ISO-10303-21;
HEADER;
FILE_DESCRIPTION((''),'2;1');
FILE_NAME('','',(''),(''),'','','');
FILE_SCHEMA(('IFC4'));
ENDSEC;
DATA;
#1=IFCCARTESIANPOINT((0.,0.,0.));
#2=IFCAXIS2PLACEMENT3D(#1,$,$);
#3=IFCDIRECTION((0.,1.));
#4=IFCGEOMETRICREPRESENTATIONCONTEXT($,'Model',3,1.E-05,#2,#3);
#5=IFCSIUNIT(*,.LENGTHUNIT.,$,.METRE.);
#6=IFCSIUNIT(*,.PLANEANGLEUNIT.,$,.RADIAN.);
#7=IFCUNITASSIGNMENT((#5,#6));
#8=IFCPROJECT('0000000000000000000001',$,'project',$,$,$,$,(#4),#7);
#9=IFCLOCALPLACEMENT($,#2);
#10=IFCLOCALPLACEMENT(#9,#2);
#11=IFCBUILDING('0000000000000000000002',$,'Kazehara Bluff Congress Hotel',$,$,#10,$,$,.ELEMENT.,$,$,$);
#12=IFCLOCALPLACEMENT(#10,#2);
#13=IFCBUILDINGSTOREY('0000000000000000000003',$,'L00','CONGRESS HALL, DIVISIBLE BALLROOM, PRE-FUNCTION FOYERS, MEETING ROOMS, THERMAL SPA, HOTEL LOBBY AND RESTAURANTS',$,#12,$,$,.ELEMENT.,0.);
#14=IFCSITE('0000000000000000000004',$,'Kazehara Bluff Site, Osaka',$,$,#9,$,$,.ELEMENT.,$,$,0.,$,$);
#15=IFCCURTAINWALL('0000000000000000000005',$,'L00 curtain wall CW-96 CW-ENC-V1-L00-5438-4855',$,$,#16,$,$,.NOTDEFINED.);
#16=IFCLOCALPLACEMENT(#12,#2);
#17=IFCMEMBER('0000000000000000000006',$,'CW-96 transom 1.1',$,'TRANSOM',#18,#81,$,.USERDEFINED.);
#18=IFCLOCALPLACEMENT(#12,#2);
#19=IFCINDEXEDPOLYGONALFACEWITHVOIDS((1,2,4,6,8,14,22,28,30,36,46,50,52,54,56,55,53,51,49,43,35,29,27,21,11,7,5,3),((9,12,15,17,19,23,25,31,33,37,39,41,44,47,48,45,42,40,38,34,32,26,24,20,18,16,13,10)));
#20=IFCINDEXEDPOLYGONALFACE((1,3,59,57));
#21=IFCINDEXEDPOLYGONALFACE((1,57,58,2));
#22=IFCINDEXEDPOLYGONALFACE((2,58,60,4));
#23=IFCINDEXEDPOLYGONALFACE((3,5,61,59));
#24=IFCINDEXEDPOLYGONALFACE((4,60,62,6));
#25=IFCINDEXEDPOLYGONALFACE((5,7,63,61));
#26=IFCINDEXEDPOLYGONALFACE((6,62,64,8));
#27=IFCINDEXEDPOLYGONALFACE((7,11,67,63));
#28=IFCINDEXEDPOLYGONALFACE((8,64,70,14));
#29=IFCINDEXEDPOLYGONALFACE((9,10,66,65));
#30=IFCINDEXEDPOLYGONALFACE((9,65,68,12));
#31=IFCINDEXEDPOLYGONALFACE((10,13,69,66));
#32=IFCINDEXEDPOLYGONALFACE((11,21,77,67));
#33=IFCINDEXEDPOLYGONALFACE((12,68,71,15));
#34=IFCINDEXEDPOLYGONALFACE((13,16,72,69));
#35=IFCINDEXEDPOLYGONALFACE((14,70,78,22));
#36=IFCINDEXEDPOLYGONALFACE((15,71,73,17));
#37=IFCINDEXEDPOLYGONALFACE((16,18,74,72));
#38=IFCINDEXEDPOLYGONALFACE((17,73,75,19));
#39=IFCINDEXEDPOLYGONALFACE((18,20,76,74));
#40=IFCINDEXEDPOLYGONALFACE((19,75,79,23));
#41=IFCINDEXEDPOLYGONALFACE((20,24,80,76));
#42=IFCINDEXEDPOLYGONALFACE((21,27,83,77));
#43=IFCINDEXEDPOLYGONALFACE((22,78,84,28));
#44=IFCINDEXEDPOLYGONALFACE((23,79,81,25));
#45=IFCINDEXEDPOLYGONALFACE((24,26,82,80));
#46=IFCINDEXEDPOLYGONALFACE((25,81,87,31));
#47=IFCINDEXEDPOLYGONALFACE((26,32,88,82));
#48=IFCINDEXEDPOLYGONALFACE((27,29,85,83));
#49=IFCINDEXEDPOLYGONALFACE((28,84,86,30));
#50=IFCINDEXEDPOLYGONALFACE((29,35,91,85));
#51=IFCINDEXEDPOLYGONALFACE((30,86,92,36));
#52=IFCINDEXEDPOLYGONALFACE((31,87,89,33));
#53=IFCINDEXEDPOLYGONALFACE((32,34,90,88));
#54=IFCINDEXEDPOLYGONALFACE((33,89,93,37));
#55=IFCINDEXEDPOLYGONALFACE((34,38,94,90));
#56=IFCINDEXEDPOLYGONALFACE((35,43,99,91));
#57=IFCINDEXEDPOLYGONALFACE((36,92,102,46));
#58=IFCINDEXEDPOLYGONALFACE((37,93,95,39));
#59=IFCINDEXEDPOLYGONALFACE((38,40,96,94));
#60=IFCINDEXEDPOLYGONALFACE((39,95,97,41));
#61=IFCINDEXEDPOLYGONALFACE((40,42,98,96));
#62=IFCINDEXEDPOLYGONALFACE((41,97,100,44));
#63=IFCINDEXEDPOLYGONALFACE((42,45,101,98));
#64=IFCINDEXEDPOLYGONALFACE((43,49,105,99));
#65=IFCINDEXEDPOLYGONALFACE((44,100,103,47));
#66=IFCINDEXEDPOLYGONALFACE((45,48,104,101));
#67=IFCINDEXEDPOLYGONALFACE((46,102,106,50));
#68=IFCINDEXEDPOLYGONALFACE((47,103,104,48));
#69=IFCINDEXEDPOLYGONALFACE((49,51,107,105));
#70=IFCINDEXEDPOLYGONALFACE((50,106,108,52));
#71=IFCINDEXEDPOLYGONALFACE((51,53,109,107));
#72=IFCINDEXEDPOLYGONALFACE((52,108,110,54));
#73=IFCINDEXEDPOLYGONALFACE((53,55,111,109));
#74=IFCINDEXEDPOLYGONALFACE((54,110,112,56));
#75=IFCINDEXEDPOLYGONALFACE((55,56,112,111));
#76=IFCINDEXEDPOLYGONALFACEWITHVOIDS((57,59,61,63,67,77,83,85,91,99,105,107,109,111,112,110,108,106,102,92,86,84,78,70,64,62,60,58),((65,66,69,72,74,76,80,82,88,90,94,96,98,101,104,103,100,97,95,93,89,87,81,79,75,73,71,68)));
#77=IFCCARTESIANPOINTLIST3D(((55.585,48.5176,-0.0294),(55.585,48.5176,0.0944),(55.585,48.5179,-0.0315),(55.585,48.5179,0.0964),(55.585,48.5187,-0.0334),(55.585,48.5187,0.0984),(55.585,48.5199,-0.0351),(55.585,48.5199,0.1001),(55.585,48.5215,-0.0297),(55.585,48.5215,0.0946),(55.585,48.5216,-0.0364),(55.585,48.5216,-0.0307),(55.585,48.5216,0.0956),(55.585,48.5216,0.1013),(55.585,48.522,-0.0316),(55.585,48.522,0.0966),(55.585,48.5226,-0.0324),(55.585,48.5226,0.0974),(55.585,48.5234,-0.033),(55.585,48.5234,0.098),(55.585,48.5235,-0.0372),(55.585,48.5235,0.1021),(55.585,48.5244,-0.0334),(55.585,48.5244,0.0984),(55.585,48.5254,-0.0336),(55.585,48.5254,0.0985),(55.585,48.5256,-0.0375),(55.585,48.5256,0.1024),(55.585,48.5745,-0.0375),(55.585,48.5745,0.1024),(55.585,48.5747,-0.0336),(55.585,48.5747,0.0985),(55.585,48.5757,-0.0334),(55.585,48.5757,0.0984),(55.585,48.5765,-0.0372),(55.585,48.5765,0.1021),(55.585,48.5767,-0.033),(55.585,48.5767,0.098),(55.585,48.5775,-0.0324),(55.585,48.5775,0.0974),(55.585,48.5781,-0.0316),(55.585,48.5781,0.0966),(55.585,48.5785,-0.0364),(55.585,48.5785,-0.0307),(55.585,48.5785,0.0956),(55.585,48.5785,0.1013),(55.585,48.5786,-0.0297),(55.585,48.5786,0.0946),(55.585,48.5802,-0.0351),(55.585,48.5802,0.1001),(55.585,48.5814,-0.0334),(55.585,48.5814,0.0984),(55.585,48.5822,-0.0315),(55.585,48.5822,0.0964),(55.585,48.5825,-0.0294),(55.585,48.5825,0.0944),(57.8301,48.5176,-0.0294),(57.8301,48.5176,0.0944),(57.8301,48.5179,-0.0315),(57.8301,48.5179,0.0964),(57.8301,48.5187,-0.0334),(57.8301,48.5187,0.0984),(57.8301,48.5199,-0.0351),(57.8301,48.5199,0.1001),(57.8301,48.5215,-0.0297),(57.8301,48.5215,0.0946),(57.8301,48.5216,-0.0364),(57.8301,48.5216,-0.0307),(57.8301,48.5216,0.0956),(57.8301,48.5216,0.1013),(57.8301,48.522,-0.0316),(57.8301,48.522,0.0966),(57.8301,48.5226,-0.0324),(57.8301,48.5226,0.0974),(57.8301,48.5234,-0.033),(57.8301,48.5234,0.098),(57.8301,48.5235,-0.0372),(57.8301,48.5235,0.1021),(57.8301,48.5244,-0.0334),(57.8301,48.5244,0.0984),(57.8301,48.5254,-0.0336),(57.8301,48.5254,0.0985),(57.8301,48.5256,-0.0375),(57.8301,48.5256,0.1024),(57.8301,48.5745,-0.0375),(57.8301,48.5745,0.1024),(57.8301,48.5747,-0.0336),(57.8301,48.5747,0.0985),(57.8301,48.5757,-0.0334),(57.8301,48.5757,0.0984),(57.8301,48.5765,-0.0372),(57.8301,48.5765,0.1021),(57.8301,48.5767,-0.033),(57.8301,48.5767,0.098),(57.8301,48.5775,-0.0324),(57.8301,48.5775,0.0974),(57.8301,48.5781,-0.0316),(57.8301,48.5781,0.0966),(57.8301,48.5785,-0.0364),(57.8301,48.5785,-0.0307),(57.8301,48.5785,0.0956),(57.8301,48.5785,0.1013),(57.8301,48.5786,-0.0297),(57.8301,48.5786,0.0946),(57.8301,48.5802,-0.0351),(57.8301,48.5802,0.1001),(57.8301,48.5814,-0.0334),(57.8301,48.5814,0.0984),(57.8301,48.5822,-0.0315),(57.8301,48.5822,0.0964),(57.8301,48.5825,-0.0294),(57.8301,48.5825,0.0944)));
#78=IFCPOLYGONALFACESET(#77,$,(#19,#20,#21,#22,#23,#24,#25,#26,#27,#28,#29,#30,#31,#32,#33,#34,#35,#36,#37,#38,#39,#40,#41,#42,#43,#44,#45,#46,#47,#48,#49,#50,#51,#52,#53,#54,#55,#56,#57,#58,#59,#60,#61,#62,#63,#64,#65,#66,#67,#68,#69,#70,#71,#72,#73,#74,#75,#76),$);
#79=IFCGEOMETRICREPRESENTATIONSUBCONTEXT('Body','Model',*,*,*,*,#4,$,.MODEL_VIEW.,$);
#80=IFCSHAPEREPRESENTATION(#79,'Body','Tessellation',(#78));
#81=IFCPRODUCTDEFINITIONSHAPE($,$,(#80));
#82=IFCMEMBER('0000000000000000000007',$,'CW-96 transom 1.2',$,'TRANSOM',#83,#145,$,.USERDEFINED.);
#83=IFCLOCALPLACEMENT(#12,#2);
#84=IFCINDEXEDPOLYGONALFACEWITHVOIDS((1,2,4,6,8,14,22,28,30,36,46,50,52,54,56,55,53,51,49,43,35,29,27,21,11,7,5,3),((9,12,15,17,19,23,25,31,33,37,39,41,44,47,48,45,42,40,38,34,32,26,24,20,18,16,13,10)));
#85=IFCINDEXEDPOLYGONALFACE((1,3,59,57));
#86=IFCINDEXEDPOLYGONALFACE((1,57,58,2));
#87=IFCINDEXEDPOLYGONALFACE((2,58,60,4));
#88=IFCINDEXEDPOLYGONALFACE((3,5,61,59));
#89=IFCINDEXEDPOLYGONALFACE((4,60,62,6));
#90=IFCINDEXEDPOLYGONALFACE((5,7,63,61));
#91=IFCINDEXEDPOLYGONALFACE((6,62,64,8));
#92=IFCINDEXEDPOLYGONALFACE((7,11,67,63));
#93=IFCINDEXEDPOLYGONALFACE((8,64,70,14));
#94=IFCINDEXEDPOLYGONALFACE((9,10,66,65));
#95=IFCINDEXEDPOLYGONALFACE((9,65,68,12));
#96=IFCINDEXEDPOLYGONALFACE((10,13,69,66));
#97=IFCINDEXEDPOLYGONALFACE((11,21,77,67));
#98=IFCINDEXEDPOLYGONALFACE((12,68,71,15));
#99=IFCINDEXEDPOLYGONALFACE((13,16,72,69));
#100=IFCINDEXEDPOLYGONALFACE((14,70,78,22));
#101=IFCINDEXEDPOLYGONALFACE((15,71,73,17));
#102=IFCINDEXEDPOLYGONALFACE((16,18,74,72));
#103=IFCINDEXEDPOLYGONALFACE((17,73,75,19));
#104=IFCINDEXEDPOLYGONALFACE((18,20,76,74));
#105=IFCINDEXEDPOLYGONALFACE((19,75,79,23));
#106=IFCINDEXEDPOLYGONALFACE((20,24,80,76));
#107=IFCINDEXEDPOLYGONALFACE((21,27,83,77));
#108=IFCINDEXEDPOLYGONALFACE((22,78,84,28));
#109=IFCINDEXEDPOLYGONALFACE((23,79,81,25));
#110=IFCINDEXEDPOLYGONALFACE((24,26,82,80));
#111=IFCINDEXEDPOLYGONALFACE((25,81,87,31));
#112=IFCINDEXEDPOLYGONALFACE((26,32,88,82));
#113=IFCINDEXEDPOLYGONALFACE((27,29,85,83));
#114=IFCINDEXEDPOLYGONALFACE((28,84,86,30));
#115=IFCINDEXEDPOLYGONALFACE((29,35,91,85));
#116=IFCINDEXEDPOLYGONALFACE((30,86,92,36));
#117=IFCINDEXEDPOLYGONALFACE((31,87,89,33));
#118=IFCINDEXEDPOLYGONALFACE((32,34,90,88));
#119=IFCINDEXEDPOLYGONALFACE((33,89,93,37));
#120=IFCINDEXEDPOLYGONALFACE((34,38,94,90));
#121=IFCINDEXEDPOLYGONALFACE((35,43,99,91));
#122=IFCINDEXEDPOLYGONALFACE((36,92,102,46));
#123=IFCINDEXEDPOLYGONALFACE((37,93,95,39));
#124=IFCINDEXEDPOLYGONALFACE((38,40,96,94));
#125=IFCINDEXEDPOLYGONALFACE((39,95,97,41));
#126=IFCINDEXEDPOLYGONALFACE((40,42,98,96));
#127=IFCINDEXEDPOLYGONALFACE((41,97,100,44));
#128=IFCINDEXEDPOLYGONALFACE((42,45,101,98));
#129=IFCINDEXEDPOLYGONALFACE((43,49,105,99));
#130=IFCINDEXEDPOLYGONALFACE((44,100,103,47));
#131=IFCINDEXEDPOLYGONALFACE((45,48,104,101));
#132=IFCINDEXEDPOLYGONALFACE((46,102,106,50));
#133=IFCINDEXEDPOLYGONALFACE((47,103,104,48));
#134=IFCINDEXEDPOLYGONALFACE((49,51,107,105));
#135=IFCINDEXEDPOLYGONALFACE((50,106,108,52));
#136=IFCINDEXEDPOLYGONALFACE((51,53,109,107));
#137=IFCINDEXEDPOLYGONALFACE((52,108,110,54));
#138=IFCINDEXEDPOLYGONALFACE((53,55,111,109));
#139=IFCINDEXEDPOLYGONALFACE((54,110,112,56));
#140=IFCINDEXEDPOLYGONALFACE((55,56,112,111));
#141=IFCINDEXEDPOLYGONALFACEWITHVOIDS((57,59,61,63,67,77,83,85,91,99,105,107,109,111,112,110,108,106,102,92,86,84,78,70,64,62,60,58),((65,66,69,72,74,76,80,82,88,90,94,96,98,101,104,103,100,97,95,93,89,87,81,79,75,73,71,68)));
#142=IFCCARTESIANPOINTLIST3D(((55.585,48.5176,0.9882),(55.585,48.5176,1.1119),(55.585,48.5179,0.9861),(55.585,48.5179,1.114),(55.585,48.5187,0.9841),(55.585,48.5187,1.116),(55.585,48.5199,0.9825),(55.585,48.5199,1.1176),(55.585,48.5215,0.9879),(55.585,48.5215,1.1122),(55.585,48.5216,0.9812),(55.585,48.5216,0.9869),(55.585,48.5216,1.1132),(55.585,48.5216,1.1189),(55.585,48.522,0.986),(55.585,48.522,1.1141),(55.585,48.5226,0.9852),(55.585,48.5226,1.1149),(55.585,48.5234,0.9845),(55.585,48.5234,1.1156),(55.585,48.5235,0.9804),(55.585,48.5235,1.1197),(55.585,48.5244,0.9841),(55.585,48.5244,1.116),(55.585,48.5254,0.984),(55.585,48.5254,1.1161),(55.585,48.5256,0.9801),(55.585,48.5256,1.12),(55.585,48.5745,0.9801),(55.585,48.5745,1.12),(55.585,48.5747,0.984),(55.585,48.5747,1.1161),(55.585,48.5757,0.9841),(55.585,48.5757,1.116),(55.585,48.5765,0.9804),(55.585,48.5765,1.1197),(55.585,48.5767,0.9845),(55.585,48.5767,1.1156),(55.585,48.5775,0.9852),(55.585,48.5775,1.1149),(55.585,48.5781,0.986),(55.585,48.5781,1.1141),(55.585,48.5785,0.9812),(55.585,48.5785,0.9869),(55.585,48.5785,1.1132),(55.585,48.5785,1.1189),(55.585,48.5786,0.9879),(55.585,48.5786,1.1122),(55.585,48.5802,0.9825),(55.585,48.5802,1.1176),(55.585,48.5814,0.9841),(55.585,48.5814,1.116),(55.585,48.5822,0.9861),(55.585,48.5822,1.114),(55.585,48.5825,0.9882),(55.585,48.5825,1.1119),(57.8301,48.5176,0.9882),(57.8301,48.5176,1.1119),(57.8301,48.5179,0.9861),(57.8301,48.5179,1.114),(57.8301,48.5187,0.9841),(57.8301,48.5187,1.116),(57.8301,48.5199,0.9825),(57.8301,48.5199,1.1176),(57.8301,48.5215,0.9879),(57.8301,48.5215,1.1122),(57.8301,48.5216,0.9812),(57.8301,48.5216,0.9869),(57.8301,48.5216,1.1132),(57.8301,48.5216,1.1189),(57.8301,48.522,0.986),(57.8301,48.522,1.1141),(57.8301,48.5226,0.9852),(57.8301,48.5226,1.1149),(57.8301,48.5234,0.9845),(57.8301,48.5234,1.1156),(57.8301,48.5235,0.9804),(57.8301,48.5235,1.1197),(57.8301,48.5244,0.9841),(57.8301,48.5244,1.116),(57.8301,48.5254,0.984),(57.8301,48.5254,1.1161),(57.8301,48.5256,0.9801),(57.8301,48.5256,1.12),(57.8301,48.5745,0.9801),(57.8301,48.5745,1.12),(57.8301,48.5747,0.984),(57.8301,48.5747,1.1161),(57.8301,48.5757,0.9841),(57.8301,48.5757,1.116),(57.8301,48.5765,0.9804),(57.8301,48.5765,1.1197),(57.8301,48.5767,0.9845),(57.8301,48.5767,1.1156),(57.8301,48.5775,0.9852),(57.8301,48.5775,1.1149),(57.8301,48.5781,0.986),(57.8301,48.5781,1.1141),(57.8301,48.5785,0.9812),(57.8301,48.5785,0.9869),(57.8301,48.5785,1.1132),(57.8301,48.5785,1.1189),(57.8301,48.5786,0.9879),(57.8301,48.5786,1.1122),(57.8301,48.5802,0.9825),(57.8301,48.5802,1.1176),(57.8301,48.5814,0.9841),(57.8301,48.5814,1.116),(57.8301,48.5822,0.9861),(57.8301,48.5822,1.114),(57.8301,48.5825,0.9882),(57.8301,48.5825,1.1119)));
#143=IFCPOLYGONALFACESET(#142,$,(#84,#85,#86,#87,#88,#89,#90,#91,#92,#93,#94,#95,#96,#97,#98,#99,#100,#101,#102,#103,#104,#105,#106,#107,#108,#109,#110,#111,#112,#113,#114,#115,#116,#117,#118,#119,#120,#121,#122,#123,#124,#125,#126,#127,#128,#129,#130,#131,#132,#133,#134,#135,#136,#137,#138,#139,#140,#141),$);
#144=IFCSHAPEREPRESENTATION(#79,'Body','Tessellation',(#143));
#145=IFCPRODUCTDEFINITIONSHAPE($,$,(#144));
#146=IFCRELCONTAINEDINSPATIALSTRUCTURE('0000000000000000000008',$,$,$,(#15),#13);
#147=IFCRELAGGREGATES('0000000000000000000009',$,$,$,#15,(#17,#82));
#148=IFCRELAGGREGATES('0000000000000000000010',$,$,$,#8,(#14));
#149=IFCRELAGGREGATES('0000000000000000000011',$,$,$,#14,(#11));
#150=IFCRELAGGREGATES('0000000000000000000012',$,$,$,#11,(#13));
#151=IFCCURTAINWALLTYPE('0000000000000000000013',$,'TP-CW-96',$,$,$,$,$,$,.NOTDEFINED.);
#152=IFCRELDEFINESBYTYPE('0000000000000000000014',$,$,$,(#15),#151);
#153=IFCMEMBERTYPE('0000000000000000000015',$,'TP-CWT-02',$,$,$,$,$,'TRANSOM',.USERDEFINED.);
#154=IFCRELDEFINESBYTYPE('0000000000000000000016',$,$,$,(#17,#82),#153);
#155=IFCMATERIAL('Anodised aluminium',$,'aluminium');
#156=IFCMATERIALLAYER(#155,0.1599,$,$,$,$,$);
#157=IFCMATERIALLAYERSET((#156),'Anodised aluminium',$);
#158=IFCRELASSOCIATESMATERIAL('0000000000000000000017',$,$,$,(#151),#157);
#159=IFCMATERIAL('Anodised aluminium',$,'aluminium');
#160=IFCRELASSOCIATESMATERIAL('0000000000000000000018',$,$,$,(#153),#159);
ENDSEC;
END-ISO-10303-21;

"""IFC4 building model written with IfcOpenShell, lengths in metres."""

from ifc_helpers import new_model, si_unit, direction, frame, origin, origin_2d, place, context, subcontext, project, spatial, hollow_rectangle, extrude, material, layer, layer_set, material_profile, profile_set, type_object, element, aggregate, save


model = new_model("IFC4")

# Units and contexts
model_context = context("Model", 3, precision=1e-05, world=origin(), true_north=direction((0.0, 1.0)))
body_context = subcontext(model_context, "Body", "Model", "MODEL_VIEW")
ifc_project = project(units=[si_unit("LENGTHUNIT", "METRE"), si_unit("PLANEANGLEUNIT", "RADIAN")], contexts=[model_context])

# Site, building, storey
site_placement = place(None, origin())
site = spatial("IfcSite", under=ifc_project, at=site_placement, Name="Kazehara Bluff Site, Osaka", CompositionType="ELEMENT", RefElevation=0.0)
building_placement = place(site_placement, origin())
building = spatial("IfcBuilding", under=site, at=building_placement, Name="Kazehara Bluff Congress Hotel", CompositionType="ELEMENT")
storey_placement = place(building_placement, origin())
storey = spatial("IfcBuildingStorey", under=building, at=storey_placement, Name="L00", Description="CONGRESS HALL, DIVISIBLE BALLROOM, PRE-FUNCTION FOYERS, MEETING ROOMS, THERMAL SPA, HOTEL LOBBY AND RESTAURANTS", CompositionType="ELEMENT", Elevation=0.0)

# Curtain wall, members
ifc_material_1 = material(Name="Anodised aluminium", Category="aluminium")
ifc_layer_1 = layer(ifc_material_1, 0.1599)
ifc_layer_set_1 = layer_set([ifc_layer_1], Name="Anodised aluminium")
curtain_wall_type = type_object("IfcCurtainWallType", Name="TP-CW-96", PredefinedType="NOTDEFINED", material=ifc_layer_set_1)
curtain_wall_placement = place(storey_placement, origin())
curtain_wall = element("IfcCurtainWall", 1, at=curtain_wall_placement, inside=storey, type_object=curtain_wall_type, Name="L00 curtain wall CW-96 CW-ENC-V1-L00-5438-4855", PredefinedType="NOTDEFINED")
ifc_material_2 = material(Name="Anodised aluminium", Category="aluminium")
ifc_material_profile_1 = material_profile(ifc_material_2, hollow_rectangle(XDim=0.0649, YDim=0.1399, WallThickness=0.0039, InnerFilletRadius=0.0039, OuterFilletRadius=0.0081, at=origin_2d()))
ifc_profile_set_1 = profile_set([ifc_material_profile_1], Name="Anodised aluminium")
member_type_1 = type_object("IfcMemberType", Name="TP-CWT-02", ElementType="TRANSOM", PredefinedType="USERDEFINED", material=ifc_profile_set_1)
member_1_placement = place(storey_placement, frame((57.8301, 48.55, 0.0325), z_axis=(-1.0, 0.0, 0.0), x_axis=(0.0, -1.0, 0.0)))
member_1 = element("IfcMember", 2, at=member_1_placement, type_object=member_type_1, Name="CW-96 transom 1.1", ObjectType="TRANSOM", PredefinedType="USERDEFINED", context=body_context, shape_type="SweptSolid", body=[
    extrude(hollow_rectangle(XDim=0.0649, YDim=0.1399, WallThickness=0.0039, InnerFilletRadius=0.0039, OuterFilletRadius=0.0081, at=origin_2d()), origin(), (0.0, 0.0, 1.0), 2.2451),
])
member_2_placement = place(storey_placement, frame((57.8301, 48.55, 1.05), z_axis=(-1.0, 0.0, 0.0), x_axis=(0.0, -1.0, 0.0)))
member_2 = element("IfcMember", 3, at=member_2_placement, type_object=member_type_1, Name="CW-96 transom 1.2", ObjectType="TRANSOM", PredefinedType="USERDEFINED", context=body_context, shape_type="SweptSolid", body=[
    extrude(hollow_rectangle(XDim=0.0649, YDim=0.1399, WallThickness=0.0039, InnerFilletRadius=0.0039, OuterFilletRadius=0.0081, at=origin_2d()), origin(), (0.0, 0.0, 1.0), 2.2451),
])
aggregate(curtain_wall, [member_1, member_2])

save(model, "model.ifc")
